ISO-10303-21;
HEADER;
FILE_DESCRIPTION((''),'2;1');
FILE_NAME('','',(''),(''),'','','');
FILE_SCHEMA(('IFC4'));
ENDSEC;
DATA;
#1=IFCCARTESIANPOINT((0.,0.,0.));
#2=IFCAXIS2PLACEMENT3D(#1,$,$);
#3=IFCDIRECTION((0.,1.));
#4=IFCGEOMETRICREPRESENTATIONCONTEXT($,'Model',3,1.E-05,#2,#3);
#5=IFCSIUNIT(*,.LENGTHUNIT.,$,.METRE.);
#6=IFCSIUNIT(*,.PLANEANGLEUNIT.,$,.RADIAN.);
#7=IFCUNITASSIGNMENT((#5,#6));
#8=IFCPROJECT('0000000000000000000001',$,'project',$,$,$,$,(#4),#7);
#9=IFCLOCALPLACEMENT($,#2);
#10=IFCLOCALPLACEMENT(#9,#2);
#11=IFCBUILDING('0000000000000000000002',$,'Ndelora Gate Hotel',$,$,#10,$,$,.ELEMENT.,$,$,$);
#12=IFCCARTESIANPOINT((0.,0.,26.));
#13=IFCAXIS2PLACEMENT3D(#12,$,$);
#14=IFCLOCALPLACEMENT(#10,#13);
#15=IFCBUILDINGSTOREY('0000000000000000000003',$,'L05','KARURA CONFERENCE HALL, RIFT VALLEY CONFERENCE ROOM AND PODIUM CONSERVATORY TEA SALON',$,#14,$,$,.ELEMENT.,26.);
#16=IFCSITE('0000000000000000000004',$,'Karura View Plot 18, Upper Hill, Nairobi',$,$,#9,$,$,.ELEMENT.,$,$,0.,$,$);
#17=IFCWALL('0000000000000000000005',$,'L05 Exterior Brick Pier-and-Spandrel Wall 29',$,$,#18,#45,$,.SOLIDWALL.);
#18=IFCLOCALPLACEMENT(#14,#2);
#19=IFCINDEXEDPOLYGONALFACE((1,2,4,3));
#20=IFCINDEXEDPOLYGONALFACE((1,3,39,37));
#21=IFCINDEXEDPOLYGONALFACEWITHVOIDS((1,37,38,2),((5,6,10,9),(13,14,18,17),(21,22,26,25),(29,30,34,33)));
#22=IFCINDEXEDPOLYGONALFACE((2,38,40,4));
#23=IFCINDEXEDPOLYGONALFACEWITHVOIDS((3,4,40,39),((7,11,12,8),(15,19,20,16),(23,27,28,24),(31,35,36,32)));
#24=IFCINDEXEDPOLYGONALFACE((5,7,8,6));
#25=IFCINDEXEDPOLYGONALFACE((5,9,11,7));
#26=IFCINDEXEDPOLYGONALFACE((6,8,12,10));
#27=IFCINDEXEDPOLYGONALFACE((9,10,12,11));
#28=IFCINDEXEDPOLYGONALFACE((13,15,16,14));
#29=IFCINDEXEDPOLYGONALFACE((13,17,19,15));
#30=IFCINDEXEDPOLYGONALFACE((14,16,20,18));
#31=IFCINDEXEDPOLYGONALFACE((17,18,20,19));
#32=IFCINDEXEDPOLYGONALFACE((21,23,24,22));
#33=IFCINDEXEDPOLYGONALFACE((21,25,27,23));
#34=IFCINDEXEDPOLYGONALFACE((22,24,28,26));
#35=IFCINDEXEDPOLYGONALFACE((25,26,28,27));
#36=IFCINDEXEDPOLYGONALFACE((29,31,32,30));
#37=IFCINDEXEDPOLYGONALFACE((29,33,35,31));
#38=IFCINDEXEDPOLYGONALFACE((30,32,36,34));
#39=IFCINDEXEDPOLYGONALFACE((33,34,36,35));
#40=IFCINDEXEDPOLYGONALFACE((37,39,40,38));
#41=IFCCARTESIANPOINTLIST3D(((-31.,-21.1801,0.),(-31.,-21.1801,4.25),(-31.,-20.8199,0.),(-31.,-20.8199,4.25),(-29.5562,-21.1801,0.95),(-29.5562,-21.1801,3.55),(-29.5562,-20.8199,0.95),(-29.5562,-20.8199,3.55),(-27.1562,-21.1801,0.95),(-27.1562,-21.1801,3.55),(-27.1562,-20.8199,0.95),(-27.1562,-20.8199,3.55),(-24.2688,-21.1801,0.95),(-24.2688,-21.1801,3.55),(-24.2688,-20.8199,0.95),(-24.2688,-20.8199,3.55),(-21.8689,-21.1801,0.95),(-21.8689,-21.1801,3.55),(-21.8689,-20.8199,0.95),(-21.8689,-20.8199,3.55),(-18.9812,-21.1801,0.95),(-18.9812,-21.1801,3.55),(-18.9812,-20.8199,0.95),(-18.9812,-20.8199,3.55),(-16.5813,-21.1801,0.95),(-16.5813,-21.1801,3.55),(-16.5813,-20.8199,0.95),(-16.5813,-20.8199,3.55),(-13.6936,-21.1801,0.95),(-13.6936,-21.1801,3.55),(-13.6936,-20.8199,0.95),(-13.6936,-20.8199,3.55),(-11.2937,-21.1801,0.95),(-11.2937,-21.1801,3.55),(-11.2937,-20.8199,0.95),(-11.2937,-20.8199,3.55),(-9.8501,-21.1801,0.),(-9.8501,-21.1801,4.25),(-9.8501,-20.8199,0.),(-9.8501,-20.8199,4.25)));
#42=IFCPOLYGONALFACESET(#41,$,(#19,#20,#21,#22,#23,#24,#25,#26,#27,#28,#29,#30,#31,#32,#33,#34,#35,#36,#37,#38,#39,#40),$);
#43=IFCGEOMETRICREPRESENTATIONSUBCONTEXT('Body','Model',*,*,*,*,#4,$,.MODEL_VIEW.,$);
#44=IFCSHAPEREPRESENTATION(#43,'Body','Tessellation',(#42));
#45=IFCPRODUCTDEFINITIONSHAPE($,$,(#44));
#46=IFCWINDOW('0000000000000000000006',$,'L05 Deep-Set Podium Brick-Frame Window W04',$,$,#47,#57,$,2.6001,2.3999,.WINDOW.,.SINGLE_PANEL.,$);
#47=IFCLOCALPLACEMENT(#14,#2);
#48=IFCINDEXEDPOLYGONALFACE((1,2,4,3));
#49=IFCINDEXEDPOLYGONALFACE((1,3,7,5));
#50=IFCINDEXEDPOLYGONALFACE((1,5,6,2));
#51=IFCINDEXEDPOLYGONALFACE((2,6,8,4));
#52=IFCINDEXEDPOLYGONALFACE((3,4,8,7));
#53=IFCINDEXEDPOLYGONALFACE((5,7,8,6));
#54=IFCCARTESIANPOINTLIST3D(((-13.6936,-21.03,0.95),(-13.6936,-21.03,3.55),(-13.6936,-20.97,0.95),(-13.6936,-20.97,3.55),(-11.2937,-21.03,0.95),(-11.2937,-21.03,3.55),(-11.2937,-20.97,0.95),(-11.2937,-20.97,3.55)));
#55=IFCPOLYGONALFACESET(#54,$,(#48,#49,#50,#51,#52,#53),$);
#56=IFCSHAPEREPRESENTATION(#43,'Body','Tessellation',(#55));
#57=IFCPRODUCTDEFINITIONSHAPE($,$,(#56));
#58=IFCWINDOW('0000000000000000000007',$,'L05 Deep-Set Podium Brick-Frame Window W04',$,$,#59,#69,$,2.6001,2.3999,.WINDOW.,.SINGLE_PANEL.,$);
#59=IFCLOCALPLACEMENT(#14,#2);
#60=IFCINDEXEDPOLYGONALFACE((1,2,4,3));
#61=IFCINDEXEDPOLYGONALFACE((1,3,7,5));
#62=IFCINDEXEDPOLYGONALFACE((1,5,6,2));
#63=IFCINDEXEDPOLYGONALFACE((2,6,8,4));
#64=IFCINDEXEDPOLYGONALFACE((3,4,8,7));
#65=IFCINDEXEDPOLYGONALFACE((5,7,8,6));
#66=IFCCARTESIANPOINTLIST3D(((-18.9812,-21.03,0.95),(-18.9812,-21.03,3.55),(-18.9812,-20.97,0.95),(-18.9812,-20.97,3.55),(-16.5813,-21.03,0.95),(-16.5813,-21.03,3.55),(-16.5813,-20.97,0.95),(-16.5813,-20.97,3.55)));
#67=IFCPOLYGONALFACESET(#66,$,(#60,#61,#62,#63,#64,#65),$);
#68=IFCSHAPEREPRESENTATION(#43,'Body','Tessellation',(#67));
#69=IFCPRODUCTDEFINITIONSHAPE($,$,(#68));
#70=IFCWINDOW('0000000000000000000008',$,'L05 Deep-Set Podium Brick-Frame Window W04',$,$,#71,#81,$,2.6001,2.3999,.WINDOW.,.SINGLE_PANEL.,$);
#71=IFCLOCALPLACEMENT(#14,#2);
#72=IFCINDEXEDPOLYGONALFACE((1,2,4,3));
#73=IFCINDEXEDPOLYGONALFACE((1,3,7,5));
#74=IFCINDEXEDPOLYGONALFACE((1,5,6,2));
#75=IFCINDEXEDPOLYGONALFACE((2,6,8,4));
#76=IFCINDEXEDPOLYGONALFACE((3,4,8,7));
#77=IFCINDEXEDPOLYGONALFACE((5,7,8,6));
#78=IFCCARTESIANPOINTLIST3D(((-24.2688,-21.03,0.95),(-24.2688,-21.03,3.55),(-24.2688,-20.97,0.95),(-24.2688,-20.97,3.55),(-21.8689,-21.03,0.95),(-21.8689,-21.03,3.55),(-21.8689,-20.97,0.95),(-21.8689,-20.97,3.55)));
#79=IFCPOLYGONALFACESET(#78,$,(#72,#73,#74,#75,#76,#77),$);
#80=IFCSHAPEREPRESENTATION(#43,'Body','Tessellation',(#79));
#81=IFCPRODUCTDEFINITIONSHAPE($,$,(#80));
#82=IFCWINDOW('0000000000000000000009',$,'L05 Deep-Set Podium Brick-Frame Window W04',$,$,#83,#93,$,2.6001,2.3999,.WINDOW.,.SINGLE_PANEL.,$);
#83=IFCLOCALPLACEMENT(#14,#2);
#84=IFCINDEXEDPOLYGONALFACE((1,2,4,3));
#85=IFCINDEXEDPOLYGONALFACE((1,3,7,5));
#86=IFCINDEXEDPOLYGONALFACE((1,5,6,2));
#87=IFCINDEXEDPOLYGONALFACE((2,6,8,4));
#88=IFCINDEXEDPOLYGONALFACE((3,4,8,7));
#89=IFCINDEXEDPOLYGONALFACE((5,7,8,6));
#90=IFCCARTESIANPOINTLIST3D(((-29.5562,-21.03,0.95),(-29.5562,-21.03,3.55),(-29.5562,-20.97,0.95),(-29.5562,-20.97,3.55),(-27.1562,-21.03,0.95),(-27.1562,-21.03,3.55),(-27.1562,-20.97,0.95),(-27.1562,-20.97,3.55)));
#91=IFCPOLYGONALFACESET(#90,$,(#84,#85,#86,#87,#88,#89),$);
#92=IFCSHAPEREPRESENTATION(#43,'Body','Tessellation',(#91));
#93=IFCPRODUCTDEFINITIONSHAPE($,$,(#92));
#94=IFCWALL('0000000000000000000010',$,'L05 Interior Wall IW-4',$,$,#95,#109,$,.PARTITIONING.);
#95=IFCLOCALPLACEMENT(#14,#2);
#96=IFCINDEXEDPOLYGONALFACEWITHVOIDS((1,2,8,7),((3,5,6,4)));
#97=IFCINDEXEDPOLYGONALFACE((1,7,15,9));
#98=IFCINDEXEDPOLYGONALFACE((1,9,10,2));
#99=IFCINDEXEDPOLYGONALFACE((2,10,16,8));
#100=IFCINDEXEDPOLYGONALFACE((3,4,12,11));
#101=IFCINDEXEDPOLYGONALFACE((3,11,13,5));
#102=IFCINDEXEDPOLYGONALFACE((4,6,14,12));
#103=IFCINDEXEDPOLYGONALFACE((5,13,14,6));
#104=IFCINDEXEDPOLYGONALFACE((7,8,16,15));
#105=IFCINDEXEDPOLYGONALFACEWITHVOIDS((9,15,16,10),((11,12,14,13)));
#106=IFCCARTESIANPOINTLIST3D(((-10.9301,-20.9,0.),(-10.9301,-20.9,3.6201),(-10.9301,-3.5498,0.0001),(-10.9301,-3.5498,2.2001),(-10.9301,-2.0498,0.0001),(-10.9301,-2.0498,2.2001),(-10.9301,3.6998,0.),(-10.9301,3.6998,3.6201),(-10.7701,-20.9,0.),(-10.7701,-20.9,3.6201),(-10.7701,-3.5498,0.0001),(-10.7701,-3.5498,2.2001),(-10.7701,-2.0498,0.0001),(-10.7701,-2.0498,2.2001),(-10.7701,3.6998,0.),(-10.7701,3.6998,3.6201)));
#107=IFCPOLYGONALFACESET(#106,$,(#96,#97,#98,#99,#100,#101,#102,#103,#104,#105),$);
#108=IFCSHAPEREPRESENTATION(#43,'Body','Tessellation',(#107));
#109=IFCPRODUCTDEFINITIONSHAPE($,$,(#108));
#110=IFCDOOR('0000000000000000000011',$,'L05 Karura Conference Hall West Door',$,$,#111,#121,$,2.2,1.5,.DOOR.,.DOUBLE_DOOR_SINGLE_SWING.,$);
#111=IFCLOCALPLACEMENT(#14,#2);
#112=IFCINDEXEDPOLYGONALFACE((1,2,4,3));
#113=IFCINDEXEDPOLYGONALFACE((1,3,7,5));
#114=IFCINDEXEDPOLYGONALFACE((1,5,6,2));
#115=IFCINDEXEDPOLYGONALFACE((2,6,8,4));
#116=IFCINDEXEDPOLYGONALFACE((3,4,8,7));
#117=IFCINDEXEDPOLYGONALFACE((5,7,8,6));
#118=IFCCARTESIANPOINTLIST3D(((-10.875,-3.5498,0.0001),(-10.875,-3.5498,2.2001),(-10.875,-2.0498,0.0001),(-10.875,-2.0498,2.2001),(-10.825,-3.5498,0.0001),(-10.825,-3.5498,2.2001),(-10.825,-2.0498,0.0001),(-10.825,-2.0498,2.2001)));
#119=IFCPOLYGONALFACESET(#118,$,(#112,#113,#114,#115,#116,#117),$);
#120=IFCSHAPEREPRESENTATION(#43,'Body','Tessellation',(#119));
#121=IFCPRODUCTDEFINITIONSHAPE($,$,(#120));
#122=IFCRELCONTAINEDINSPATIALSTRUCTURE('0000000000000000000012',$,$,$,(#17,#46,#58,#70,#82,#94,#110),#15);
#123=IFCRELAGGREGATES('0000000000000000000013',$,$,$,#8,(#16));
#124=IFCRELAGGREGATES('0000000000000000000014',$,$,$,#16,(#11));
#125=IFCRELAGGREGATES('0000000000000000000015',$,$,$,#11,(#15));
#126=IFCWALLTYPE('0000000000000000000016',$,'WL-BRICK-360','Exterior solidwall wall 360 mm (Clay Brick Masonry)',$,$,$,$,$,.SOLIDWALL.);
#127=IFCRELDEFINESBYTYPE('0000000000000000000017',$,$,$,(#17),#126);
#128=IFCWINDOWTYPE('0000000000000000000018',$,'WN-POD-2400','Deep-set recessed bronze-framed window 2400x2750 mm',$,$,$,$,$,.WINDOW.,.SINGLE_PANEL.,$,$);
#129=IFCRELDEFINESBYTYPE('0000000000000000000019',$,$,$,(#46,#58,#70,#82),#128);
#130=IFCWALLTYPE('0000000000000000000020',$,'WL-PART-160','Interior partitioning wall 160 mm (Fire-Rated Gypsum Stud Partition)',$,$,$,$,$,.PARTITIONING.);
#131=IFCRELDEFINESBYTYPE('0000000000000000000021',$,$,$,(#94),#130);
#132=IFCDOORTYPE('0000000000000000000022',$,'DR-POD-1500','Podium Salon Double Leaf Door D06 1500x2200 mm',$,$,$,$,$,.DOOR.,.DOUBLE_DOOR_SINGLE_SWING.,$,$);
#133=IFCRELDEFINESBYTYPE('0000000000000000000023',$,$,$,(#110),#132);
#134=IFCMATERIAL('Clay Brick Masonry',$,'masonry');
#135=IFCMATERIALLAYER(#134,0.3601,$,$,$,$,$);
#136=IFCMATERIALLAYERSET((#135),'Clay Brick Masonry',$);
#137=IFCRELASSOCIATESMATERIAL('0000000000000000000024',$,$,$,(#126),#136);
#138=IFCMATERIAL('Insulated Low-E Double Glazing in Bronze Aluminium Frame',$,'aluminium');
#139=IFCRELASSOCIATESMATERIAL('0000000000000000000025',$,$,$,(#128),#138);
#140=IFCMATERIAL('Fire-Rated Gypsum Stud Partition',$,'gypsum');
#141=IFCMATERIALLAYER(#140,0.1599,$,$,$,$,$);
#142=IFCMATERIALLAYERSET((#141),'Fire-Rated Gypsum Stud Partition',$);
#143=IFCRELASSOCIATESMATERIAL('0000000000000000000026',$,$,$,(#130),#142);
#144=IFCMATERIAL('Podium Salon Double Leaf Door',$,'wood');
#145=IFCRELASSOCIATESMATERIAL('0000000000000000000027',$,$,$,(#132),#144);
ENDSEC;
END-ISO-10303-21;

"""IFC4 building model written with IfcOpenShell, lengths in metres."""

from ifc_helpers import new_model, si_unit, direction, frame, frame_2d, origin, place, context, subcontext, project, spatial, rectangle, extrude, material, layer, layer_set, type_object, element, fill, save


model = new_model("IFC4")

# Units and contexts
model_context = context("Model", 3, precision=1e-05, world=origin(), true_north=direction((0.0, 1.0)))
body_context = subcontext(model_context, "Body", "Model", "MODEL_VIEW")
ifc_project = project(units=[si_unit("LENGTHUNIT", "METRE"), si_unit("PLANEANGLEUNIT", "RADIAN")], contexts=[model_context])

# Site, building, storey
site_placement = place(None, origin())
site = spatial("IfcSite", under=ifc_project, at=site_placement, Name="Karura View Plot 18, Upper Hill, Nairobi", CompositionType="ELEMENT", RefElevation=0.0)
building_placement = place(site_placement, origin())
building = spatial("IfcBuilding", under=site, at=building_placement, Name="Ndelora Gate Hotel", CompositionType="ELEMENT")
storey_placement = place(building_placement, frame((0.0, 0.0, 26.0)))
storey = spatial("IfcBuildingStorey", under=building, at=storey_placement, Name="L05", Description="KARURA CONFERENCE HALL, RIFT VALLEY CONFERENCE ROOM AND PODIUM CONSERVATORY TEA SALON", CompositionType="ELEMENT", Elevation=26.0)

# Wall, openings, windows
ifc_material_1 = material(Name="Clay Brick Masonry", Category="masonry")
ifc_layer_1 = layer(ifc_material_1, 0.3601)
ifc_layer_set_1 = layer_set([ifc_layer_1], Name="Clay Brick Masonry")
wall_type_1 = type_object("IfcWallType", Name="WL-BRICK-360", Description="Exterior solidwall wall 360 mm (Clay Brick Masonry)", PredefinedType="SOLIDWALL", material=ifc_layer_set_1)
wall_1_placement = place(storey_placement, frame((-9.8501, -21.0, 0.0), z_axis=(0.0, 0.0, 1.0), x_axis=(-1.0, 0.0, 0.0)))
wall_1 = element("IfcWall", 1, at=wall_1_placement, inside=storey, type_object=wall_type_1, Name="L05 Exterior Brick Pier-and-Spandrel Wall 29", PredefinedType="SOLIDWALL", context=body_context, shape_type="SweptSolid", body=[
    extrude(rectangle(XDim=21.1499, YDim=0.3601, at=frame_2d((10.575, 0.0))), origin(), (0.0, 0.0, 1.0), 4.25),
])
opening_1_placement = place(wall_1_placement, frame((1.4436, 0.0, 0.95)))
opening_1 = element("IfcOpeningElement", 2, at=opening_1_placement, cuts=wall_1, PredefinedType="OPENING", context=body_context, shape_type="SweptSolid", body=[
    extrude(rectangle(XDim=2.3999, YDim=2.6001, at=frame_2d((1.2, 1.3))), frame((0.0, 0.1899, 0.0), z_axis=(0.0, -1.0, 0.0), x_axis=(1.0, 0.0, 0.0)), (0.0, 0.0, 1.0), 0.3801),
])
opening_2_placement = place(wall_1_placement, frame((6.7312, 0.0, 0.95)))
opening_2 = element("IfcOpeningElement", 3, at=opening_2_placement, cuts=wall_1, PredefinedType="OPENING", context=body_context, shape_type="SweptSolid", body=[
    extrude(rectangle(XDim=2.3999, YDim=2.6001, at=frame_2d((1.2, 1.3))), frame((0.0, 0.1899, 0.0), z_axis=(0.0, -1.0, 0.0), x_axis=(1.0, 0.0, 0.0)), (0.0, 0.0, 1.0), 0.3801),
])
opening_3_placement = place(wall_1_placement, frame((12.0188, 0.0, 0.95)))
opening_3 = element("IfcOpeningElement", 4, at=opening_3_placement, cuts=wall_1, PredefinedType="OPENING", context=body_context, shape_type="SweptSolid", body=[
    extrude(rectangle(XDim=2.3999, YDim=2.6001, at=frame_2d((1.2, 1.3))), frame((0.0, 0.1899, 0.0), z_axis=(0.0, -1.0, 0.0), x_axis=(1.0, 0.0, 0.0)), (0.0, 0.0, 1.0), 0.3801),
])
opening_4_placement = place(wall_1_placement, frame((17.3062, 0.0, 0.95)))
opening_4 = element("IfcOpeningElement", 5, at=opening_4_placement, cuts=wall_1, PredefinedType="OPENING", context=body_context, shape_type="SweptSolid", body=[
    extrude(rectangle(XDim=2.3999, YDim=2.6001, at=frame_2d((1.2, 1.3))), frame((0.0, 0.1899, 0.0), z_axis=(0.0, -1.0, 0.0), x_axis=(1.0, 0.0, 0.0)), (0.0, 0.0, 1.0), 0.3801),
])
ifc_material_2 = material(Name="Insulated Low-E Double Glazing in Bronze Aluminium Frame", Category="aluminium")
window_type = type_object("IfcWindowType", Name="WN-POD-2400", Description="Deep-set recessed bronze-framed window 2400x2750 mm", PartitioningType="SINGLE_PANEL", PredefinedType="WINDOW", material=ifc_material_2)
window_1_placement = place(opening_1_placement, origin())
window_1 = element("IfcWindow", 6, at=window_1_placement, inside=storey, type_object=window_type, Name="L05 Deep-Set Podium Brick-Frame Window W04", OverallHeight=2.6001, OverallWidth=2.3999, PartitioningType="SINGLE_PANEL", PredefinedType="WINDOW", context=body_context, shape_type="SweptSolid", body=[
    extrude(rectangle(XDim=2.3999, YDim=2.6001, at=frame_2d((1.2, 1.3))), frame((0.0, 0.03, 0.0), z_axis=(0.0, -1.0, 0.0), x_axis=(1.0, 0.0, 0.0)), (0.0, 0.0, 1.0), 0.0601),
])
fill(opening_1, window_1)
window_2_placement = place(opening_2_placement, origin())
window_2 = element("IfcWindow", 7, at=window_2_placement, inside=storey, type_object=window_type, Name="L05 Deep-Set Podium Brick-Frame Window W04", OverallHeight=2.6001, OverallWidth=2.3999, PartitioningType="SINGLE_PANEL", PredefinedType="WINDOW", context=body_context, shape_type="SweptSolid", body=[
    extrude(rectangle(XDim=2.3999, YDim=2.6001, at=frame_2d((1.2, 1.3))), frame((0.0, 0.03, 0.0), z_axis=(0.0, -1.0, 0.0), x_axis=(1.0, 0.0, 0.0)), (0.0, 0.0, 1.0), 0.0601),
])
fill(opening_2, window_2)
window_3_placement = place(opening_3_placement, origin())
window_3 = element("IfcWindow", 8, at=window_3_placement, inside=storey, type_object=window_type, Name="L05 Deep-Set Podium Brick-Frame Window W04", OverallHeight=2.6001, OverallWidth=2.3999, PartitioningType="SINGLE_PANEL", PredefinedType="WINDOW", context=body_context, shape_type="SweptSolid", body=[
    extrude(rectangle(XDim=2.3999, YDim=2.6001, at=frame_2d((1.2, 1.3))), frame((0.0, 0.03, 0.0), z_axis=(0.0, -1.0, 0.0), x_axis=(1.0, 0.0, 0.0)), (0.0, 0.0, 1.0), 0.0601),
])
fill(opening_3, window_3)
window_4_placement = place(opening_4_placement, origin())
window_4 = element("IfcWindow", 9, at=window_4_placement, inside=storey, type_object=window_type, Name="L05 Deep-Set Podium Brick-Frame Window W04", OverallHeight=2.6001, OverallWidth=2.3999, PartitioningType="SINGLE_PANEL", PredefinedType="WINDOW", context=body_context, shape_type="SweptSolid", body=[
    extrude(rectangle(XDim=2.3999, YDim=2.6001, at=frame_2d((1.2, 1.3))), frame((0.0, 0.03, 0.0), z_axis=(0.0, -1.0, 0.0), x_axis=(1.0, 0.0, 0.0)), (0.0, 0.0, 1.0), 0.0601),
])
fill(opening_4, window_4)

# Wall, opening, door
ifc_material_3 = material(Name="Fire-Rated Gypsum Stud Partition", Category="gypsum")
ifc_layer_2 = layer(ifc_material_3, 0.1599)
ifc_layer_set_2 = layer_set([ifc_layer_2], Name="Fire-Rated Gypsum Stud Partition")
wall_type_2 = type_object("IfcWallType", Name="WL-PART-160", Description="Interior partitioning wall 160 mm (Fire-Rated Gypsum Stud Partition)", PredefinedType="PARTITIONING", material=ifc_layer_set_2)
wall_2_placement = place(storey_placement, frame((-10.8501, -20.8999, 0.0), z_axis=(0.0, 0.0, 1.0), x_axis=(0.0, 1.0, 0.0)))
wall_2 = element("IfcWall", 10, at=wall_2_placement, inside=storey, type_object=wall_type_2, Name="L05 Interior Wall IW-4", PredefinedType="PARTITIONING", context=body_context, shape_type="SweptSolid", body=[
    extrude(rectangle(XDim=24.5999, YDim=0.1599, at=frame_2d((12.2998, 0.0))), origin(), (0.0, 0.0, 1.0), 3.6201),
])
opening_5_placement = place(wall_2_placement, frame((17.3501, 0.0, 0.0)))
opening_5 = element("IfcOpeningElement", 11, at=opening_5_placement, cuts=wall_2, PredefinedType="OPENING", context=body_context, shape_type="SweptSolid", body=[
    extrude(rectangle(XDim=1.5, YDim=2.2, at=frame_2d((0.75, 1.1001))), frame((0.0, 0.0898, 0.0), z_axis=(0.0, -1.0, 0.0), x_axis=(1.0, 0.0, 0.0)), (0.0, 0.0, 1.0), 0.1799),
])
ifc_material_4 = material(Name="Podium Salon Double Leaf Door", Category="wood")
door_type = type_object("IfcDoorType", Name="DR-POD-1500", Description="Podium Salon Double Leaf Door D06 1500x2200 mm", OperationType="DOUBLE_DOOR_SINGLE_SWING", PredefinedType="DOOR", material=ifc_material_4)
door_placement = place(opening_5_placement, origin())
door = element("IfcDoor", 12, at=door_placement, inside=storey, type_object=door_type, Name="L05 Karura Conference Hall West Door", OperationType="DOUBLE_DOOR_SINGLE_SWING", OverallHeight=2.2, OverallWidth=1.5, PredefinedType="DOOR", context=body_context, shape_type="SweptSolid", body=[
    extrude(rectangle(XDim=1.5, YDim=2.2, at=frame_2d((0.75, 1.1001))), frame((0.0, 0.0249, 0.0), z_axis=(0.0, -1.0, 0.0), x_axis=(1.0, 0.0, 0.0)), (0.0, 0.0, 1.0), 0.05),
])
fill(opening_5, door)

save(model, "model.ifc")
